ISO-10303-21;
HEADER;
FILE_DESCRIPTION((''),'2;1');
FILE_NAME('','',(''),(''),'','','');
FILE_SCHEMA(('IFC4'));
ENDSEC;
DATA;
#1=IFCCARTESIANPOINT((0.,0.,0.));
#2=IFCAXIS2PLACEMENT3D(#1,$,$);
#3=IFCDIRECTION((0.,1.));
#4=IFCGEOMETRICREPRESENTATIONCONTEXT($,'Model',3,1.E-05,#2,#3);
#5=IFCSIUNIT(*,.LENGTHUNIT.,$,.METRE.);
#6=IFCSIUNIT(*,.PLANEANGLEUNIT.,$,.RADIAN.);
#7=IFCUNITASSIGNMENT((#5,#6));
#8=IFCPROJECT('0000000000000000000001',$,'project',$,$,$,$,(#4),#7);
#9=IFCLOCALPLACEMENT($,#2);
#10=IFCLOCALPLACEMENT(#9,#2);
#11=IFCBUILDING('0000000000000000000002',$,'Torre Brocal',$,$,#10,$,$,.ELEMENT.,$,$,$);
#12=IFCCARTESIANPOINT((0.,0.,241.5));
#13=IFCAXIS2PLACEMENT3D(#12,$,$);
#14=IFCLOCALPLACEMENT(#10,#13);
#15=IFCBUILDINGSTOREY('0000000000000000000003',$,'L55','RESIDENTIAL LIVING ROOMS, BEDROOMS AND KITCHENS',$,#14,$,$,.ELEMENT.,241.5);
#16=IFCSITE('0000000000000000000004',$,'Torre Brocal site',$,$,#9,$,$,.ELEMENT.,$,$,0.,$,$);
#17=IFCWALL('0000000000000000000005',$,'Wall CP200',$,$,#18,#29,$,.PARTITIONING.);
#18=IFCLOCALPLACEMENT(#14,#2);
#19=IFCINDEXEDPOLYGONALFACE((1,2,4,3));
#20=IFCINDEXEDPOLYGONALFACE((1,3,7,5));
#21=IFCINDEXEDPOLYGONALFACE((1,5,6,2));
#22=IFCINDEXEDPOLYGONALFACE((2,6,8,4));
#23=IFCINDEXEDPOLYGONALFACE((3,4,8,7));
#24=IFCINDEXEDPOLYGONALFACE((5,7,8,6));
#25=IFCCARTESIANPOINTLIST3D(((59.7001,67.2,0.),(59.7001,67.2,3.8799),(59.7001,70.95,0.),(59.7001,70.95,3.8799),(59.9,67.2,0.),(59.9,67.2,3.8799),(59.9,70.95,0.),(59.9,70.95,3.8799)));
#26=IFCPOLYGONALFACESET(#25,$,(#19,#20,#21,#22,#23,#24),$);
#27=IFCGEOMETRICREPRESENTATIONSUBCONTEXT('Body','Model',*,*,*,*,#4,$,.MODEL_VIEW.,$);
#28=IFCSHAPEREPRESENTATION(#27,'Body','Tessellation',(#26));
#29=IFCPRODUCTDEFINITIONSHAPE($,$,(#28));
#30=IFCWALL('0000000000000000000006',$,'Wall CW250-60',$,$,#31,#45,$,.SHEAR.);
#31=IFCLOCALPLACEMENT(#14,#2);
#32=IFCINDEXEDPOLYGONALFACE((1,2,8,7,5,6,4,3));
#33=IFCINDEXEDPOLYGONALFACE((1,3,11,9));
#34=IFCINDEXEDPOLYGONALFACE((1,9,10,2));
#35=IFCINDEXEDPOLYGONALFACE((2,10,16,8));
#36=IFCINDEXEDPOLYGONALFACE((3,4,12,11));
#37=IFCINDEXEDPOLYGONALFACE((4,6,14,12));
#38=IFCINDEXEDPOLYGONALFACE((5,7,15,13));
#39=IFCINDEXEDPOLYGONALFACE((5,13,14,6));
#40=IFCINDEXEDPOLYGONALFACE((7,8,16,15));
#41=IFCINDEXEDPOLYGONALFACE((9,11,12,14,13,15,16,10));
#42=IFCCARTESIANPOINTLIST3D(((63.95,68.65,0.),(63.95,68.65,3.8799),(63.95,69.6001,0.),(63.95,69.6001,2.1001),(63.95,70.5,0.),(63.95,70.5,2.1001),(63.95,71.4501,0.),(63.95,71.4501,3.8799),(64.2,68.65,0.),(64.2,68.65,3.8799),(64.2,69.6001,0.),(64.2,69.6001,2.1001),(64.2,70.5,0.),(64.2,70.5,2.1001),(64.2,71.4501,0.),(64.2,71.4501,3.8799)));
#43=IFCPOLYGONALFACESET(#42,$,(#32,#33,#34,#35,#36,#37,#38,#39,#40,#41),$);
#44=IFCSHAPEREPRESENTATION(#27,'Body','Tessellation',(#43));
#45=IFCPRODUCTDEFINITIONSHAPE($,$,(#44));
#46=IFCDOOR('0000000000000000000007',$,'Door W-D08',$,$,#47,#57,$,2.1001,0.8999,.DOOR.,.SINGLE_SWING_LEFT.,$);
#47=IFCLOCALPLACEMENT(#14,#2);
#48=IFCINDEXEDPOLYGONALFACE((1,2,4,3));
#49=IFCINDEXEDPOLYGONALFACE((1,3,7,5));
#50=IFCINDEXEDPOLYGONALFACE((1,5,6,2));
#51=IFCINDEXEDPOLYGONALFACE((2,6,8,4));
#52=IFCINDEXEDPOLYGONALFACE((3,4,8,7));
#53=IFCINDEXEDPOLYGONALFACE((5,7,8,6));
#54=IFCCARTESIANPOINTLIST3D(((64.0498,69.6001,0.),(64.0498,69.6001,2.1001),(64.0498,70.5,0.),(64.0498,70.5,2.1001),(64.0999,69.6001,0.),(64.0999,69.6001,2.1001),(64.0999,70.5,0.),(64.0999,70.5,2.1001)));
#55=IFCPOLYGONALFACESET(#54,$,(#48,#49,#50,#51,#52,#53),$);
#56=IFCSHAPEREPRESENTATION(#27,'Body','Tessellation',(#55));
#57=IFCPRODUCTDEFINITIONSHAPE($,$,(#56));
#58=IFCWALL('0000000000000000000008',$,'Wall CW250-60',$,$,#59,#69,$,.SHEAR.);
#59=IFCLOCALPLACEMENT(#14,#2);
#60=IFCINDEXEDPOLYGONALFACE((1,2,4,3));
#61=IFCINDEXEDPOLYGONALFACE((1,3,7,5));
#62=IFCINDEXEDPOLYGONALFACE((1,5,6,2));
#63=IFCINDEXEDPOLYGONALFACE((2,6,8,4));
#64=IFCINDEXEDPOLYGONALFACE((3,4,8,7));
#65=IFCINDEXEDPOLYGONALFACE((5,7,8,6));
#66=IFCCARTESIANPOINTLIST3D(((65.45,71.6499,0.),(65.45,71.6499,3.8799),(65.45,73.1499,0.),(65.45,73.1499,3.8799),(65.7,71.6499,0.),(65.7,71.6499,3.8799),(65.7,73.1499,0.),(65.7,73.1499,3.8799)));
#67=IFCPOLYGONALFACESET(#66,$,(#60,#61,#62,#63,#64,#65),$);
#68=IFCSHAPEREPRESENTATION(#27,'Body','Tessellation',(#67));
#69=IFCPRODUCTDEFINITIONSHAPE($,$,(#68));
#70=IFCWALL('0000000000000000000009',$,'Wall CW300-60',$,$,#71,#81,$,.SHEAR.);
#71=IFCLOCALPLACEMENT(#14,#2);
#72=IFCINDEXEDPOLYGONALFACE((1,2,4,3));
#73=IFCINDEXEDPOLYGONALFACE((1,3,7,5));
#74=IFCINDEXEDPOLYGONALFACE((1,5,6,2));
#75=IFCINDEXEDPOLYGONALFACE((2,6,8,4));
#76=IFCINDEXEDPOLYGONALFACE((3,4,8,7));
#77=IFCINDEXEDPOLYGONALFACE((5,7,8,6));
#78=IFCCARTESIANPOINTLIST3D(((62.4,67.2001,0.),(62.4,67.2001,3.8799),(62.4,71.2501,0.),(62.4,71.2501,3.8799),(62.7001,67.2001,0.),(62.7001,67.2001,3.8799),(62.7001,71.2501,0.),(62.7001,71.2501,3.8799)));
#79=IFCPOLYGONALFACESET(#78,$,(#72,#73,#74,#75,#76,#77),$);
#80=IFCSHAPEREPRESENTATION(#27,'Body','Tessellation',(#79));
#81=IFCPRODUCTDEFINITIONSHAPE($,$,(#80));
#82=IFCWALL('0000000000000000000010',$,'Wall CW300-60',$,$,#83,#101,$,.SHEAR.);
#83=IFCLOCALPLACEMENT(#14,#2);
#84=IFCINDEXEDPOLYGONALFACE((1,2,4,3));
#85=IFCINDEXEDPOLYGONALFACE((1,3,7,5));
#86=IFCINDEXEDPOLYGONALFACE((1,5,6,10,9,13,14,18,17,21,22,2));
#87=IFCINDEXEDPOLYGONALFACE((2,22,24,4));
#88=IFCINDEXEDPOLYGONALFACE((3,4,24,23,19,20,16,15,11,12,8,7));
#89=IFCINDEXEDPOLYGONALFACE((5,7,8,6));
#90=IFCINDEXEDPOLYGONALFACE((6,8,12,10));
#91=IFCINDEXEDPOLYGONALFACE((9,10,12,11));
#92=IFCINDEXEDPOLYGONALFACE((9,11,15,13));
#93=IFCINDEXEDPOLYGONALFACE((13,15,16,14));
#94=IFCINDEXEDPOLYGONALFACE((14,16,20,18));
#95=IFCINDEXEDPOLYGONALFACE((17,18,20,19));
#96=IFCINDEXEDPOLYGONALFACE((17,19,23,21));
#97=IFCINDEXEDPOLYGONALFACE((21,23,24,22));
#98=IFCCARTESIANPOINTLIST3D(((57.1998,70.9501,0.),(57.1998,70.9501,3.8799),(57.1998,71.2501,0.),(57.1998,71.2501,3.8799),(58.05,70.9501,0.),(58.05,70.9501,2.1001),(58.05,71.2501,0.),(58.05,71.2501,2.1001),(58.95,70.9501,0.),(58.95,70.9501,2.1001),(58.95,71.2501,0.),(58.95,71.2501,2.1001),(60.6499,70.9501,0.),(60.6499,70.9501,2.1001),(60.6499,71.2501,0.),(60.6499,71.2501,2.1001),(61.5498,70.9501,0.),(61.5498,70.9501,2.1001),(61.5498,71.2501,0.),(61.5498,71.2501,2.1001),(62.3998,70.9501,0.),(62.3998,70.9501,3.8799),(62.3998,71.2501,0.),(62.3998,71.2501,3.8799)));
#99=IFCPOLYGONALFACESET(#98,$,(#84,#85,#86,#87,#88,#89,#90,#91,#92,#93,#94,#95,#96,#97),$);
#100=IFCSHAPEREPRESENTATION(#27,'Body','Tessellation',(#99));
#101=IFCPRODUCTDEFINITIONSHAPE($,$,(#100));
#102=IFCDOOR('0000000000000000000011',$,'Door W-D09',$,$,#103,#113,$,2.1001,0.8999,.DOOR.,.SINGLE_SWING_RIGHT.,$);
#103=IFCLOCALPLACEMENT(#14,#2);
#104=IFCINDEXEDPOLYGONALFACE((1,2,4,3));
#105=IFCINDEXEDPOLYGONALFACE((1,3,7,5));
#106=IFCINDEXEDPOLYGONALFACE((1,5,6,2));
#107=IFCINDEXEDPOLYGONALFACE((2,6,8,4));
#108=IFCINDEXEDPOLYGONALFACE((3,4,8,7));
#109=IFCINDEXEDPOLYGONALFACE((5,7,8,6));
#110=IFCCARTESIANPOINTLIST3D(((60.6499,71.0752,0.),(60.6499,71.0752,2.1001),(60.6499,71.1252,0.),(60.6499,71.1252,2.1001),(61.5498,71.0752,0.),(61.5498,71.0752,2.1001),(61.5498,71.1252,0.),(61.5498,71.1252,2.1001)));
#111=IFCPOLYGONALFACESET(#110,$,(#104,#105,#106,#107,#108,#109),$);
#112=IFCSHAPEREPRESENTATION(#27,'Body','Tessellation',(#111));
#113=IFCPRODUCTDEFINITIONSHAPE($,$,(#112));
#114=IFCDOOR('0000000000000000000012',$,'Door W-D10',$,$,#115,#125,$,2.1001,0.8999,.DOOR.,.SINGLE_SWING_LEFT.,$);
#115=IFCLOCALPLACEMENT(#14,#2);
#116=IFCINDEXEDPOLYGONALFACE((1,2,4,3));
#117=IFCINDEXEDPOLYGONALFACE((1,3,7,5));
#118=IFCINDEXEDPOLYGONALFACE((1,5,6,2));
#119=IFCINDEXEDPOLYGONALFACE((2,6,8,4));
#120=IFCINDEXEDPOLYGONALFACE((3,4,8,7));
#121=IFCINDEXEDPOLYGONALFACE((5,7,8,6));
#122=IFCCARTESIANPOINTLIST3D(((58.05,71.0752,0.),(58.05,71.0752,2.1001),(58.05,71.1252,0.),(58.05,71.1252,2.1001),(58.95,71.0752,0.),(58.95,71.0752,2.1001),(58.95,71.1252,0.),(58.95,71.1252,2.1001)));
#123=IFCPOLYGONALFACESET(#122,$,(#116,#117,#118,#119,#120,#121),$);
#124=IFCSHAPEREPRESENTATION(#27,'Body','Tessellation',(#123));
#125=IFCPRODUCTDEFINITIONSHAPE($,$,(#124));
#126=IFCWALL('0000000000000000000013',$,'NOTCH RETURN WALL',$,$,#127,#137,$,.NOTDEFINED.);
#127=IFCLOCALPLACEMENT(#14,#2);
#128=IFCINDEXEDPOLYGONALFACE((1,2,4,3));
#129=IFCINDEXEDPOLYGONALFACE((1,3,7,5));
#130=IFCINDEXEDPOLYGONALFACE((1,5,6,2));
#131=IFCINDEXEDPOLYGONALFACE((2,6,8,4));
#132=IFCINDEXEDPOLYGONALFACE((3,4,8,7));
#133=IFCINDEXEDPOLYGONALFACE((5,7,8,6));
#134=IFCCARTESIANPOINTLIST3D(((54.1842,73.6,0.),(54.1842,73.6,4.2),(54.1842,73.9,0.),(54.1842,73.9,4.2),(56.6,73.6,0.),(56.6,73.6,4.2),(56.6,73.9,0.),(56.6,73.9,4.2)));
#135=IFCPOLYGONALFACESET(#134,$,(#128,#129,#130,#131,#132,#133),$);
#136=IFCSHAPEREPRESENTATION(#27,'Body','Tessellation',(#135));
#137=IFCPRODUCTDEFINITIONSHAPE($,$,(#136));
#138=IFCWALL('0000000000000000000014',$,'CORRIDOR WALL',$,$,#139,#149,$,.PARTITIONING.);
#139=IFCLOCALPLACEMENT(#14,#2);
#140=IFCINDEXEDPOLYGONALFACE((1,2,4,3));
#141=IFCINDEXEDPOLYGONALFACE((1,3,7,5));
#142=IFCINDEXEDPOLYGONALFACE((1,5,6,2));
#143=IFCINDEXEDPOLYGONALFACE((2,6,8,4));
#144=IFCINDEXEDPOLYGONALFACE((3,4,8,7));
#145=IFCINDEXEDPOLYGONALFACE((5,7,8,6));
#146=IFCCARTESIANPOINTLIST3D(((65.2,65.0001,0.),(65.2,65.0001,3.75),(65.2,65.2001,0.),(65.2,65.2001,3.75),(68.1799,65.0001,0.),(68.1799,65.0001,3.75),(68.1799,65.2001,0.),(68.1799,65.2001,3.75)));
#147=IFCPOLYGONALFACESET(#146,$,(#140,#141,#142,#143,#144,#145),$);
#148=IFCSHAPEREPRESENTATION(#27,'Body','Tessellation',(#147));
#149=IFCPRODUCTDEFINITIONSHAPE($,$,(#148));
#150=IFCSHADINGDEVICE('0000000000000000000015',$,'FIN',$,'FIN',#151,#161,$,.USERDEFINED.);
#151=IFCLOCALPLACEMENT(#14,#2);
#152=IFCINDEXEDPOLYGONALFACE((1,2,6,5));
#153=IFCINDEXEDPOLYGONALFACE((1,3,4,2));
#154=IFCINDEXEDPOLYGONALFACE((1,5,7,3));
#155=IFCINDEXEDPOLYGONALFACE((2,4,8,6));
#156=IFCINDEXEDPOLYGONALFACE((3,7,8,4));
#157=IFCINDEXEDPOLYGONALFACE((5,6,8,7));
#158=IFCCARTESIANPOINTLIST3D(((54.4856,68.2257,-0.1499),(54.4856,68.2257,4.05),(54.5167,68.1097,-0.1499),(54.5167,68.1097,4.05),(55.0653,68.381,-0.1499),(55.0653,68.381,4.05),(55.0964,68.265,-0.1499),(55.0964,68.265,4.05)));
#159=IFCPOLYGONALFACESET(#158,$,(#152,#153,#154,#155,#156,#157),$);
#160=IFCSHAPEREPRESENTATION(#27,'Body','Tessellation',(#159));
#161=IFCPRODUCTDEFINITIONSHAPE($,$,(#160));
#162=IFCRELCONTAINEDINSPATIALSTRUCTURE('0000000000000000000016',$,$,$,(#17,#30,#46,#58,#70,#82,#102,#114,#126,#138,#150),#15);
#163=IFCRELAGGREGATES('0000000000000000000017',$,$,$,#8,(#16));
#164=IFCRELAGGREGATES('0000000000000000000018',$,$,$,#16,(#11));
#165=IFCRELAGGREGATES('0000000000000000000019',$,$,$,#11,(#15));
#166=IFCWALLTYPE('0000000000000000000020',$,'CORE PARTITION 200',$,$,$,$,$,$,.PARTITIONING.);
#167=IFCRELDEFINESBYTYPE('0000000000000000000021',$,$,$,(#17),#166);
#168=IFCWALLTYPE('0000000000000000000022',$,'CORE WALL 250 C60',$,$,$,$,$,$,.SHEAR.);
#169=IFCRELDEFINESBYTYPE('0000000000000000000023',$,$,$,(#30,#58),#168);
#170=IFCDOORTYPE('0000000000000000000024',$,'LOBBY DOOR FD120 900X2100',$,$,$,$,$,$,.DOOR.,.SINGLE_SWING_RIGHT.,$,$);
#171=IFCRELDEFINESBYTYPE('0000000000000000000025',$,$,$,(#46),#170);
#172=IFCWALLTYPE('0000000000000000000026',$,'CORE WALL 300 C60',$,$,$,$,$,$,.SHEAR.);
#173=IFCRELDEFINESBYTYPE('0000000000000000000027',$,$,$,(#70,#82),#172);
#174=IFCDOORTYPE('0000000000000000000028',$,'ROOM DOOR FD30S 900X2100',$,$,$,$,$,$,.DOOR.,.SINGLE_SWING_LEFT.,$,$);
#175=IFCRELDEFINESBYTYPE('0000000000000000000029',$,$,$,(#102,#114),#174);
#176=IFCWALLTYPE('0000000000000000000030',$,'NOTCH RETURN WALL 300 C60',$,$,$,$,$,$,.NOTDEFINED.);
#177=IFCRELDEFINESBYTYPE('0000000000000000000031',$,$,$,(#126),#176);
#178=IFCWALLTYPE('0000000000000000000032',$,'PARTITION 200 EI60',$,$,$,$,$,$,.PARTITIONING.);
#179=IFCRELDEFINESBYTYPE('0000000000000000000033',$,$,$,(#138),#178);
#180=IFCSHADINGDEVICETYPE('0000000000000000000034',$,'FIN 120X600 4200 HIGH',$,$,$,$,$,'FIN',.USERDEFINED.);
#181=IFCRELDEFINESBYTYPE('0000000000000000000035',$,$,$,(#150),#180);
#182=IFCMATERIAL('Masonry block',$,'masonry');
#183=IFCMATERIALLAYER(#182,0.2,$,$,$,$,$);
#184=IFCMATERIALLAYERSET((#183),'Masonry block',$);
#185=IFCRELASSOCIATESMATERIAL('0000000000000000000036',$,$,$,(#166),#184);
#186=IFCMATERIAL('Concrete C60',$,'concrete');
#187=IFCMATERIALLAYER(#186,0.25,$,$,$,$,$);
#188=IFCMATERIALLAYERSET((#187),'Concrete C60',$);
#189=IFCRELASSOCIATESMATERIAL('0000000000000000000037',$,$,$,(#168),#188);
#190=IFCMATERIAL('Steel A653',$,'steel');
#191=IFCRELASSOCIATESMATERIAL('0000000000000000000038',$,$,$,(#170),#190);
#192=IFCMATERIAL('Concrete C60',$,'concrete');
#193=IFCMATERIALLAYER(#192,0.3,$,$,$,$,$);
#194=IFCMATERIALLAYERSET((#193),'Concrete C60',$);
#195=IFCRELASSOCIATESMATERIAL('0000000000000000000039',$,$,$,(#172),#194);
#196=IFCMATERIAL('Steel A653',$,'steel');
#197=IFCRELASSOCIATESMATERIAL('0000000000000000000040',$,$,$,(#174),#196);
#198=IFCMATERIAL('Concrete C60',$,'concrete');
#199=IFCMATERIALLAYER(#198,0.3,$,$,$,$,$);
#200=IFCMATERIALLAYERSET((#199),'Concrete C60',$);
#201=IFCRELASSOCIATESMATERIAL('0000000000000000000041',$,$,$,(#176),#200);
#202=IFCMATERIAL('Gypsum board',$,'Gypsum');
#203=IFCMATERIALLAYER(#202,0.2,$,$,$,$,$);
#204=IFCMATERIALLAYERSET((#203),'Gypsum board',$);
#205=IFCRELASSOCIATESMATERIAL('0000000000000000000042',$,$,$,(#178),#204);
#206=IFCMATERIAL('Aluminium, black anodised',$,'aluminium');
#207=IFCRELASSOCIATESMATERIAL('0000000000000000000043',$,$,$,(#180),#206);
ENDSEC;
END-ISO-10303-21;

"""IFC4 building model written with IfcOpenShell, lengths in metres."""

from ifc_helpers import new_model, si_unit, direction, frame, frame_2d, origin, origin_2d, place, context, subcontext, project, spatial, rectangle, extrude, material, layer, layer_set, material_profile, profile_set, type_object, element, fill, save


model = new_model("IFC4")

# Units and contexts
model_context = context("Model", 3, precision=1e-05, world=origin(), true_north=direction((0.0, 1.0)))
body_context = subcontext(model_context, "Body", "Model", "MODEL_VIEW")
ifc_project = project(units=[si_unit("LENGTHUNIT", "METRE"), si_unit("PLANEANGLEUNIT", "RADIAN")], contexts=[model_context])

# Site, building, storey
site_placement = place(None, origin())
site = spatial("IfcSite", under=ifc_project, at=site_placement, Name="Torre Brocal site", CompositionType="ELEMENT", RefElevation=0.0)
building_placement = place(site_placement, origin())
building = spatial("IfcBuilding", under=site, at=building_placement, Name="Torre Brocal", CompositionType="ELEMENT")
storey_placement = place(building_placement, frame((0.0, 0.0, 241.5)))
storey = spatial("IfcBuildingStorey", under=building, at=storey_placement, Name="L55", Description="RESIDENTIAL LIVING ROOMS, BEDROOMS AND KITCHENS", CompositionType="ELEMENT", Elevation=241.5)

# Wall
ifc_material_1 = material(Name="Masonry block", Category="masonry")
ifc_layer_1 = layer(ifc_material_1, 0.2)
ifc_layer_set_1 = layer_set([ifc_layer_1], Name="Masonry block")
wall_type_1 = type_object("IfcWallType", Name="CORE PARTITION 200", PredefinedType="PARTITIONING", material=ifc_layer_set_1)
wall_1_placement = place(storey_placement, frame((59.8, 70.95, 0.0), z_axis=(0.0, 0.0, 1.0), x_axis=(0.0, -1.0, 0.0)))
element("IfcWall", 1, at=wall_1_placement, inside=storey, type_object=wall_type_1, Name="Wall CP200", PredefinedType="PARTITIONING", context=body_context, shape_type="SweptSolid", body=[
    extrude(rectangle(XDim=3.75, YDim=0.2, at=frame_2d((1.875, 0.0))), origin(), (0.0, 0.0, 1.0), 3.8799),
])

# Wall, opening, door
ifc_material_2 = material(Name="Concrete C60", Category="concrete")
ifc_layer_2 = layer(ifc_material_2, 0.25)
ifc_layer_set_2 = layer_set([ifc_layer_2], Name="Concrete C60")
wall_type_2 = type_object("IfcWallType", Name="CORE WALL 250 C60", PredefinedType="SHEAR", material=ifc_layer_set_2)
wall_2_placement = place(storey_placement, frame((64.075, 71.45, 0.0), z_axis=(0.0, 0.0, 1.0), x_axis=(0.0, -1.0, 0.0)))
wall_2 = element("IfcWall", 2, at=wall_2_placement, inside=storey, type_object=wall_type_2, Name="Wall CW250-60", PredefinedType="SHEAR", context=body_context, shape_type="SweptSolid", body=[
    extrude(rectangle(XDim=2.8, YDim=0.25, at=frame_2d((1.3999, 0.0))), origin(), (0.0, 0.0, 1.0), 3.8799),
])
opening_1_placement = place(wall_2_placement, frame((0.95, 0.0, 0.0)))
opening_1 = element("IfcOpeningElement", 3, at=opening_1_placement, cuts=wall_2, PredefinedType="OPENING", context=body_context, shape_type="SweptSolid", body=[
    extrude(rectangle(XDim=0.8999, YDim=2.1001, at=frame_2d((0.45, 1.05))), frame((0.0, 0.135, 0.0), z_axis=(0.0, -1.0, 0.0), x_axis=(1.0, 0.0, 0.0)), (0.0, 0.0, 1.0), 0.27),
])
ifc_material_3 = material(Name="Steel A653", Category="steel")
door_type_1 = type_object("IfcDoorType", Name="LOBBY DOOR FD120 900X2100", OperationType="SINGLE_SWING_RIGHT", PredefinedType="DOOR", material=ifc_material_3)
door_1_placement = place(opening_1_placement, origin())
door_1 = element("IfcDoor", 4, at=door_1_placement, inside=storey, type_object=door_type_1, Name="Door W-D08", OperationType="SINGLE_SWING_LEFT", OverallHeight=2.1001, OverallWidth=0.8999, PredefinedType="DOOR", context=body_context, shape_type="SweptSolid", body=[
    extrude(rectangle(XDim=0.8999, YDim=2.1001, at=frame_2d((0.45, 1.05))), frame((0.0, 0.0249, 0.0), z_axis=(0.0, -1.0, 0.0), x_axis=(1.0, 0.0, 0.0)), (0.0, 0.0, 1.0), 0.05),
])
fill(opening_1, door_1)

# Walls
wall_3_placement = place(storey_placement, frame((65.575, 73.1499, 0.0), z_axis=(0.0, 0.0, 1.0), x_axis=(0.0, -1.0, 0.0)))
element("IfcWall", 5, at=wall_3_placement, inside=storey, type_object=wall_type_2, Name="Wall CW250-60", PredefinedType="SHEAR", context=body_context, shape_type="SweptSolid", body=[
    extrude(rectangle(XDim=1.5, YDim=0.25, at=frame_2d((0.75, 0.0))), origin(), (0.0, 0.0, 1.0), 3.8799),
])
ifc_material_4 = material(Name="Concrete C60", Category="concrete")
ifc_layer_3 = layer(ifc_material_4, 0.3)
ifc_layer_set_3 = layer_set([ifc_layer_3], Name="Concrete C60")
wall_type_3 = type_object("IfcWallType", Name="CORE WALL 300 C60", PredefinedType="SHEAR", material=ifc_layer_set_3)
wall_4_placement = place(storey_placement, frame((62.55, 71.25, 0.0), z_axis=(0.0, 0.0, 1.0), x_axis=(0.0, -1.0, 0.0)))
element("IfcWall", 6, at=wall_4_placement, inside=storey, type_object=wall_type_3, Name="Wall CW300-60", PredefinedType="SHEAR", context=body_context, shape_type="SweptSolid", body=[
    extrude(rectangle(XDim=4.05, YDim=0.3, at=frame_2d((2.0249, 0.0))), origin(), (0.0, 0.0, 1.0), 3.8799),
])

# Wall, openings, doors
wall_5_placement = place(storey_placement, frame((62.3999, 71.1001, 0.0), z_axis=(0.0, 0.0, 1.0), x_axis=(-1.0, 0.0, 0.0)))
wall_5 = element("IfcWall", 7, at=wall_5_placement, inside=storey, type_object=wall_type_3, Name="Wall CW300-60", PredefinedType="SHEAR", context=body_context, shape_type="SweptSolid", body=[
    extrude(rectangle(XDim=5.2, YDim=0.3, at=frame_2d((2.6001, 0.0))), origin(), (0.0, 0.0, 1.0), 3.8799),
])
opening_2_placement = place(wall_5_placement, frame((0.8501, 0.0, 0.0)))
opening_2 = element("IfcOpeningElement", 8, at=opening_2_placement, cuts=wall_5, PredefinedType="OPENING", context=body_context, shape_type="SweptSolid", body=[
    extrude(rectangle(XDim=0.8999, YDim=2.1001, at=frame_2d((0.45, 1.05))), frame((0.0, 0.1599, 0.0), z_axis=(0.0, -1.0, 0.0), x_axis=(1.0, 0.0, 0.0)), (0.0, 0.0, 1.0), 0.3201),
])
opening_3_placement = place(wall_5_placement, frame((3.45, 0.0, 0.0)))
opening_3 = element("IfcOpeningElement", 9, at=opening_3_placement, cuts=wall_5, PredefinedType="OPENING", context=body_context, shape_type="SweptSolid", body=[
    extrude(rectangle(XDim=0.8999, YDim=2.1001, at=frame_2d((0.45, 1.05))), frame((0.0, 0.1599, 0.0), z_axis=(0.0, -1.0, 0.0), x_axis=(1.0, 0.0, 0.0)), (0.0, 0.0, 1.0), 0.3201),
])
ifc_material_5 = material(Name="Steel A653", Category="steel")
door_type_2 = type_object("IfcDoorType", Name="ROOM DOOR FD30S 900X2100", OperationType="SINGLE_SWING_LEFT", PredefinedType="DOOR", material=ifc_material_5)
door_2_placement = place(opening_2_placement, origin())
door_2 = element("IfcDoor", 10, at=door_2_placement, inside=storey, type_object=door_type_2, Name="Door W-D09", OperationType="SINGLE_SWING_RIGHT", OverallHeight=2.1001, OverallWidth=0.8999, PredefinedType="DOOR", context=body_context, shape_type="SweptSolid", body=[
    extrude(rectangle(XDim=0.8999, YDim=2.1001, at=frame_2d((0.45, 1.05))), frame((0.0, 0.0249, 0.0), z_axis=(0.0, -1.0, 0.0), x_axis=(1.0, 0.0, 0.0)), (0.0, 0.0, 1.0), 0.05),
])
fill(opening_2, door_2)
door_3_placement = place(opening_3_placement, origin())
door_3 = element("IfcDoor", 11, at=door_3_placement, inside=storey, type_object=door_type_2, Name="Door W-D10", OperationType="SINGLE_SWING_LEFT", OverallHeight=2.1001, OverallWidth=0.8999, PredefinedType="DOOR", context=body_context, shape_type="SweptSolid", body=[
    extrude(rectangle(XDim=0.8999, YDim=2.1001, at=frame_2d((0.45, 1.05))), frame((0.0, 0.0249, 0.0), z_axis=(0.0, -1.0, 0.0), x_axis=(1.0, 0.0, 0.0)), (0.0, 0.0, 1.0), 0.05),
])
fill(opening_3, door_3)

# Walls
ifc_material_6 = material(Name="Concrete C60", Category="concrete")
ifc_layer_4 = layer(ifc_material_6, 0.3)
ifc_layer_set_4 = layer_set([ifc_layer_4], Name="Concrete C60")
wall_type_4 = type_object("IfcWallType", Name="NOTCH RETURN WALL 300 C60", PredefinedType="NOTDEFINED", material=ifc_layer_set_4)
wall_6_placement = place(storey_placement, frame((56.6001, 73.75, 0.0), z_axis=(0.0, 0.0, 1.0), x_axis=(-1.0, 0.0, 0.0)))
element("IfcWall", 12, at=wall_6_placement, inside=storey, type_object=wall_type_4, Name="NOTCH RETURN WALL", PredefinedType="NOTDEFINED", context=body_context, shape_type="SweptSolid", body=[
    extrude(rectangle(XDim=2.4158, YDim=0.3, at=frame_2d((1.208, 0.0))), origin(), (0.0, 0.0, 1.0), 4.2),
])
ifc_material_7 = material(Name="Gypsum board", Category="Gypsum")
ifc_layer_5 = layer(ifc_material_7, 0.2)
ifc_layer_set_5 = layer_set([ifc_layer_5], Name="Gypsum board")
wall_type_5 = type_object("IfcWallType", Name="PARTITION 200 EI60", PredefinedType="PARTITIONING", material=ifc_layer_set_5)
wall_7_placement = place(storey_placement, frame((65.2, 65.1001, 0.0), z_axis=(0.0, 0.0, 1.0), x_axis=(1.0, 0.0, 0.0)))
element("IfcWall", 13, at=wall_7_placement, inside=storey, type_object=wall_type_5, Name="CORRIDOR WALL", PredefinedType="PARTITIONING", context=body_context, shape_type="SweptSolid", body=[
    extrude(rectangle(XDim=2.98, YDim=0.2, at=frame_2d((1.49, 0.0))), origin(), (0.0, 0.0, 1.0), 3.75),
])

# Shading device
ifc_material_8 = material(Name="Aluminium, black anodised", Category="aluminium")
ifc_material_profile_1 = material_profile(ifc_material_8, rectangle(XDim=0.1201, YDim=0.6001, at=origin_2d()), Name="FIN 120X600 4200 HIGH")
ifc_profile_set_1 = profile_set([ifc_material_profile_1], Name="Aluminium, black anodised")
shading_device_type = type_object("IfcShadingDeviceType", Name="FIN 120X600 4200 HIGH", ElementType="FIN", PredefinedType="USERDEFINED", material=ifc_profile_set_1)
shading_device_placement = place(storey_placement, frame((54.791, 68.2454, -0.1499), z_axis=(0.0, 0.0, 1.0), x_axis=(0.258819, -0.965926, 0.0)))
element("IfcShadingDevice", 14, at=shading_device_placement, inside=storey, type_object=shading_device_type, Name="FIN", ObjectType="FIN", PredefinedType="USERDEFINED", context=body_context, shape_type="SweptSolid", body=[
    extrude(rectangle(XDim=0.1201, YDim=0.6001, at=origin_2d()), origin(), (0.0, 0.0, 1.0), 4.2),
])

save(model, "model.ifc")
